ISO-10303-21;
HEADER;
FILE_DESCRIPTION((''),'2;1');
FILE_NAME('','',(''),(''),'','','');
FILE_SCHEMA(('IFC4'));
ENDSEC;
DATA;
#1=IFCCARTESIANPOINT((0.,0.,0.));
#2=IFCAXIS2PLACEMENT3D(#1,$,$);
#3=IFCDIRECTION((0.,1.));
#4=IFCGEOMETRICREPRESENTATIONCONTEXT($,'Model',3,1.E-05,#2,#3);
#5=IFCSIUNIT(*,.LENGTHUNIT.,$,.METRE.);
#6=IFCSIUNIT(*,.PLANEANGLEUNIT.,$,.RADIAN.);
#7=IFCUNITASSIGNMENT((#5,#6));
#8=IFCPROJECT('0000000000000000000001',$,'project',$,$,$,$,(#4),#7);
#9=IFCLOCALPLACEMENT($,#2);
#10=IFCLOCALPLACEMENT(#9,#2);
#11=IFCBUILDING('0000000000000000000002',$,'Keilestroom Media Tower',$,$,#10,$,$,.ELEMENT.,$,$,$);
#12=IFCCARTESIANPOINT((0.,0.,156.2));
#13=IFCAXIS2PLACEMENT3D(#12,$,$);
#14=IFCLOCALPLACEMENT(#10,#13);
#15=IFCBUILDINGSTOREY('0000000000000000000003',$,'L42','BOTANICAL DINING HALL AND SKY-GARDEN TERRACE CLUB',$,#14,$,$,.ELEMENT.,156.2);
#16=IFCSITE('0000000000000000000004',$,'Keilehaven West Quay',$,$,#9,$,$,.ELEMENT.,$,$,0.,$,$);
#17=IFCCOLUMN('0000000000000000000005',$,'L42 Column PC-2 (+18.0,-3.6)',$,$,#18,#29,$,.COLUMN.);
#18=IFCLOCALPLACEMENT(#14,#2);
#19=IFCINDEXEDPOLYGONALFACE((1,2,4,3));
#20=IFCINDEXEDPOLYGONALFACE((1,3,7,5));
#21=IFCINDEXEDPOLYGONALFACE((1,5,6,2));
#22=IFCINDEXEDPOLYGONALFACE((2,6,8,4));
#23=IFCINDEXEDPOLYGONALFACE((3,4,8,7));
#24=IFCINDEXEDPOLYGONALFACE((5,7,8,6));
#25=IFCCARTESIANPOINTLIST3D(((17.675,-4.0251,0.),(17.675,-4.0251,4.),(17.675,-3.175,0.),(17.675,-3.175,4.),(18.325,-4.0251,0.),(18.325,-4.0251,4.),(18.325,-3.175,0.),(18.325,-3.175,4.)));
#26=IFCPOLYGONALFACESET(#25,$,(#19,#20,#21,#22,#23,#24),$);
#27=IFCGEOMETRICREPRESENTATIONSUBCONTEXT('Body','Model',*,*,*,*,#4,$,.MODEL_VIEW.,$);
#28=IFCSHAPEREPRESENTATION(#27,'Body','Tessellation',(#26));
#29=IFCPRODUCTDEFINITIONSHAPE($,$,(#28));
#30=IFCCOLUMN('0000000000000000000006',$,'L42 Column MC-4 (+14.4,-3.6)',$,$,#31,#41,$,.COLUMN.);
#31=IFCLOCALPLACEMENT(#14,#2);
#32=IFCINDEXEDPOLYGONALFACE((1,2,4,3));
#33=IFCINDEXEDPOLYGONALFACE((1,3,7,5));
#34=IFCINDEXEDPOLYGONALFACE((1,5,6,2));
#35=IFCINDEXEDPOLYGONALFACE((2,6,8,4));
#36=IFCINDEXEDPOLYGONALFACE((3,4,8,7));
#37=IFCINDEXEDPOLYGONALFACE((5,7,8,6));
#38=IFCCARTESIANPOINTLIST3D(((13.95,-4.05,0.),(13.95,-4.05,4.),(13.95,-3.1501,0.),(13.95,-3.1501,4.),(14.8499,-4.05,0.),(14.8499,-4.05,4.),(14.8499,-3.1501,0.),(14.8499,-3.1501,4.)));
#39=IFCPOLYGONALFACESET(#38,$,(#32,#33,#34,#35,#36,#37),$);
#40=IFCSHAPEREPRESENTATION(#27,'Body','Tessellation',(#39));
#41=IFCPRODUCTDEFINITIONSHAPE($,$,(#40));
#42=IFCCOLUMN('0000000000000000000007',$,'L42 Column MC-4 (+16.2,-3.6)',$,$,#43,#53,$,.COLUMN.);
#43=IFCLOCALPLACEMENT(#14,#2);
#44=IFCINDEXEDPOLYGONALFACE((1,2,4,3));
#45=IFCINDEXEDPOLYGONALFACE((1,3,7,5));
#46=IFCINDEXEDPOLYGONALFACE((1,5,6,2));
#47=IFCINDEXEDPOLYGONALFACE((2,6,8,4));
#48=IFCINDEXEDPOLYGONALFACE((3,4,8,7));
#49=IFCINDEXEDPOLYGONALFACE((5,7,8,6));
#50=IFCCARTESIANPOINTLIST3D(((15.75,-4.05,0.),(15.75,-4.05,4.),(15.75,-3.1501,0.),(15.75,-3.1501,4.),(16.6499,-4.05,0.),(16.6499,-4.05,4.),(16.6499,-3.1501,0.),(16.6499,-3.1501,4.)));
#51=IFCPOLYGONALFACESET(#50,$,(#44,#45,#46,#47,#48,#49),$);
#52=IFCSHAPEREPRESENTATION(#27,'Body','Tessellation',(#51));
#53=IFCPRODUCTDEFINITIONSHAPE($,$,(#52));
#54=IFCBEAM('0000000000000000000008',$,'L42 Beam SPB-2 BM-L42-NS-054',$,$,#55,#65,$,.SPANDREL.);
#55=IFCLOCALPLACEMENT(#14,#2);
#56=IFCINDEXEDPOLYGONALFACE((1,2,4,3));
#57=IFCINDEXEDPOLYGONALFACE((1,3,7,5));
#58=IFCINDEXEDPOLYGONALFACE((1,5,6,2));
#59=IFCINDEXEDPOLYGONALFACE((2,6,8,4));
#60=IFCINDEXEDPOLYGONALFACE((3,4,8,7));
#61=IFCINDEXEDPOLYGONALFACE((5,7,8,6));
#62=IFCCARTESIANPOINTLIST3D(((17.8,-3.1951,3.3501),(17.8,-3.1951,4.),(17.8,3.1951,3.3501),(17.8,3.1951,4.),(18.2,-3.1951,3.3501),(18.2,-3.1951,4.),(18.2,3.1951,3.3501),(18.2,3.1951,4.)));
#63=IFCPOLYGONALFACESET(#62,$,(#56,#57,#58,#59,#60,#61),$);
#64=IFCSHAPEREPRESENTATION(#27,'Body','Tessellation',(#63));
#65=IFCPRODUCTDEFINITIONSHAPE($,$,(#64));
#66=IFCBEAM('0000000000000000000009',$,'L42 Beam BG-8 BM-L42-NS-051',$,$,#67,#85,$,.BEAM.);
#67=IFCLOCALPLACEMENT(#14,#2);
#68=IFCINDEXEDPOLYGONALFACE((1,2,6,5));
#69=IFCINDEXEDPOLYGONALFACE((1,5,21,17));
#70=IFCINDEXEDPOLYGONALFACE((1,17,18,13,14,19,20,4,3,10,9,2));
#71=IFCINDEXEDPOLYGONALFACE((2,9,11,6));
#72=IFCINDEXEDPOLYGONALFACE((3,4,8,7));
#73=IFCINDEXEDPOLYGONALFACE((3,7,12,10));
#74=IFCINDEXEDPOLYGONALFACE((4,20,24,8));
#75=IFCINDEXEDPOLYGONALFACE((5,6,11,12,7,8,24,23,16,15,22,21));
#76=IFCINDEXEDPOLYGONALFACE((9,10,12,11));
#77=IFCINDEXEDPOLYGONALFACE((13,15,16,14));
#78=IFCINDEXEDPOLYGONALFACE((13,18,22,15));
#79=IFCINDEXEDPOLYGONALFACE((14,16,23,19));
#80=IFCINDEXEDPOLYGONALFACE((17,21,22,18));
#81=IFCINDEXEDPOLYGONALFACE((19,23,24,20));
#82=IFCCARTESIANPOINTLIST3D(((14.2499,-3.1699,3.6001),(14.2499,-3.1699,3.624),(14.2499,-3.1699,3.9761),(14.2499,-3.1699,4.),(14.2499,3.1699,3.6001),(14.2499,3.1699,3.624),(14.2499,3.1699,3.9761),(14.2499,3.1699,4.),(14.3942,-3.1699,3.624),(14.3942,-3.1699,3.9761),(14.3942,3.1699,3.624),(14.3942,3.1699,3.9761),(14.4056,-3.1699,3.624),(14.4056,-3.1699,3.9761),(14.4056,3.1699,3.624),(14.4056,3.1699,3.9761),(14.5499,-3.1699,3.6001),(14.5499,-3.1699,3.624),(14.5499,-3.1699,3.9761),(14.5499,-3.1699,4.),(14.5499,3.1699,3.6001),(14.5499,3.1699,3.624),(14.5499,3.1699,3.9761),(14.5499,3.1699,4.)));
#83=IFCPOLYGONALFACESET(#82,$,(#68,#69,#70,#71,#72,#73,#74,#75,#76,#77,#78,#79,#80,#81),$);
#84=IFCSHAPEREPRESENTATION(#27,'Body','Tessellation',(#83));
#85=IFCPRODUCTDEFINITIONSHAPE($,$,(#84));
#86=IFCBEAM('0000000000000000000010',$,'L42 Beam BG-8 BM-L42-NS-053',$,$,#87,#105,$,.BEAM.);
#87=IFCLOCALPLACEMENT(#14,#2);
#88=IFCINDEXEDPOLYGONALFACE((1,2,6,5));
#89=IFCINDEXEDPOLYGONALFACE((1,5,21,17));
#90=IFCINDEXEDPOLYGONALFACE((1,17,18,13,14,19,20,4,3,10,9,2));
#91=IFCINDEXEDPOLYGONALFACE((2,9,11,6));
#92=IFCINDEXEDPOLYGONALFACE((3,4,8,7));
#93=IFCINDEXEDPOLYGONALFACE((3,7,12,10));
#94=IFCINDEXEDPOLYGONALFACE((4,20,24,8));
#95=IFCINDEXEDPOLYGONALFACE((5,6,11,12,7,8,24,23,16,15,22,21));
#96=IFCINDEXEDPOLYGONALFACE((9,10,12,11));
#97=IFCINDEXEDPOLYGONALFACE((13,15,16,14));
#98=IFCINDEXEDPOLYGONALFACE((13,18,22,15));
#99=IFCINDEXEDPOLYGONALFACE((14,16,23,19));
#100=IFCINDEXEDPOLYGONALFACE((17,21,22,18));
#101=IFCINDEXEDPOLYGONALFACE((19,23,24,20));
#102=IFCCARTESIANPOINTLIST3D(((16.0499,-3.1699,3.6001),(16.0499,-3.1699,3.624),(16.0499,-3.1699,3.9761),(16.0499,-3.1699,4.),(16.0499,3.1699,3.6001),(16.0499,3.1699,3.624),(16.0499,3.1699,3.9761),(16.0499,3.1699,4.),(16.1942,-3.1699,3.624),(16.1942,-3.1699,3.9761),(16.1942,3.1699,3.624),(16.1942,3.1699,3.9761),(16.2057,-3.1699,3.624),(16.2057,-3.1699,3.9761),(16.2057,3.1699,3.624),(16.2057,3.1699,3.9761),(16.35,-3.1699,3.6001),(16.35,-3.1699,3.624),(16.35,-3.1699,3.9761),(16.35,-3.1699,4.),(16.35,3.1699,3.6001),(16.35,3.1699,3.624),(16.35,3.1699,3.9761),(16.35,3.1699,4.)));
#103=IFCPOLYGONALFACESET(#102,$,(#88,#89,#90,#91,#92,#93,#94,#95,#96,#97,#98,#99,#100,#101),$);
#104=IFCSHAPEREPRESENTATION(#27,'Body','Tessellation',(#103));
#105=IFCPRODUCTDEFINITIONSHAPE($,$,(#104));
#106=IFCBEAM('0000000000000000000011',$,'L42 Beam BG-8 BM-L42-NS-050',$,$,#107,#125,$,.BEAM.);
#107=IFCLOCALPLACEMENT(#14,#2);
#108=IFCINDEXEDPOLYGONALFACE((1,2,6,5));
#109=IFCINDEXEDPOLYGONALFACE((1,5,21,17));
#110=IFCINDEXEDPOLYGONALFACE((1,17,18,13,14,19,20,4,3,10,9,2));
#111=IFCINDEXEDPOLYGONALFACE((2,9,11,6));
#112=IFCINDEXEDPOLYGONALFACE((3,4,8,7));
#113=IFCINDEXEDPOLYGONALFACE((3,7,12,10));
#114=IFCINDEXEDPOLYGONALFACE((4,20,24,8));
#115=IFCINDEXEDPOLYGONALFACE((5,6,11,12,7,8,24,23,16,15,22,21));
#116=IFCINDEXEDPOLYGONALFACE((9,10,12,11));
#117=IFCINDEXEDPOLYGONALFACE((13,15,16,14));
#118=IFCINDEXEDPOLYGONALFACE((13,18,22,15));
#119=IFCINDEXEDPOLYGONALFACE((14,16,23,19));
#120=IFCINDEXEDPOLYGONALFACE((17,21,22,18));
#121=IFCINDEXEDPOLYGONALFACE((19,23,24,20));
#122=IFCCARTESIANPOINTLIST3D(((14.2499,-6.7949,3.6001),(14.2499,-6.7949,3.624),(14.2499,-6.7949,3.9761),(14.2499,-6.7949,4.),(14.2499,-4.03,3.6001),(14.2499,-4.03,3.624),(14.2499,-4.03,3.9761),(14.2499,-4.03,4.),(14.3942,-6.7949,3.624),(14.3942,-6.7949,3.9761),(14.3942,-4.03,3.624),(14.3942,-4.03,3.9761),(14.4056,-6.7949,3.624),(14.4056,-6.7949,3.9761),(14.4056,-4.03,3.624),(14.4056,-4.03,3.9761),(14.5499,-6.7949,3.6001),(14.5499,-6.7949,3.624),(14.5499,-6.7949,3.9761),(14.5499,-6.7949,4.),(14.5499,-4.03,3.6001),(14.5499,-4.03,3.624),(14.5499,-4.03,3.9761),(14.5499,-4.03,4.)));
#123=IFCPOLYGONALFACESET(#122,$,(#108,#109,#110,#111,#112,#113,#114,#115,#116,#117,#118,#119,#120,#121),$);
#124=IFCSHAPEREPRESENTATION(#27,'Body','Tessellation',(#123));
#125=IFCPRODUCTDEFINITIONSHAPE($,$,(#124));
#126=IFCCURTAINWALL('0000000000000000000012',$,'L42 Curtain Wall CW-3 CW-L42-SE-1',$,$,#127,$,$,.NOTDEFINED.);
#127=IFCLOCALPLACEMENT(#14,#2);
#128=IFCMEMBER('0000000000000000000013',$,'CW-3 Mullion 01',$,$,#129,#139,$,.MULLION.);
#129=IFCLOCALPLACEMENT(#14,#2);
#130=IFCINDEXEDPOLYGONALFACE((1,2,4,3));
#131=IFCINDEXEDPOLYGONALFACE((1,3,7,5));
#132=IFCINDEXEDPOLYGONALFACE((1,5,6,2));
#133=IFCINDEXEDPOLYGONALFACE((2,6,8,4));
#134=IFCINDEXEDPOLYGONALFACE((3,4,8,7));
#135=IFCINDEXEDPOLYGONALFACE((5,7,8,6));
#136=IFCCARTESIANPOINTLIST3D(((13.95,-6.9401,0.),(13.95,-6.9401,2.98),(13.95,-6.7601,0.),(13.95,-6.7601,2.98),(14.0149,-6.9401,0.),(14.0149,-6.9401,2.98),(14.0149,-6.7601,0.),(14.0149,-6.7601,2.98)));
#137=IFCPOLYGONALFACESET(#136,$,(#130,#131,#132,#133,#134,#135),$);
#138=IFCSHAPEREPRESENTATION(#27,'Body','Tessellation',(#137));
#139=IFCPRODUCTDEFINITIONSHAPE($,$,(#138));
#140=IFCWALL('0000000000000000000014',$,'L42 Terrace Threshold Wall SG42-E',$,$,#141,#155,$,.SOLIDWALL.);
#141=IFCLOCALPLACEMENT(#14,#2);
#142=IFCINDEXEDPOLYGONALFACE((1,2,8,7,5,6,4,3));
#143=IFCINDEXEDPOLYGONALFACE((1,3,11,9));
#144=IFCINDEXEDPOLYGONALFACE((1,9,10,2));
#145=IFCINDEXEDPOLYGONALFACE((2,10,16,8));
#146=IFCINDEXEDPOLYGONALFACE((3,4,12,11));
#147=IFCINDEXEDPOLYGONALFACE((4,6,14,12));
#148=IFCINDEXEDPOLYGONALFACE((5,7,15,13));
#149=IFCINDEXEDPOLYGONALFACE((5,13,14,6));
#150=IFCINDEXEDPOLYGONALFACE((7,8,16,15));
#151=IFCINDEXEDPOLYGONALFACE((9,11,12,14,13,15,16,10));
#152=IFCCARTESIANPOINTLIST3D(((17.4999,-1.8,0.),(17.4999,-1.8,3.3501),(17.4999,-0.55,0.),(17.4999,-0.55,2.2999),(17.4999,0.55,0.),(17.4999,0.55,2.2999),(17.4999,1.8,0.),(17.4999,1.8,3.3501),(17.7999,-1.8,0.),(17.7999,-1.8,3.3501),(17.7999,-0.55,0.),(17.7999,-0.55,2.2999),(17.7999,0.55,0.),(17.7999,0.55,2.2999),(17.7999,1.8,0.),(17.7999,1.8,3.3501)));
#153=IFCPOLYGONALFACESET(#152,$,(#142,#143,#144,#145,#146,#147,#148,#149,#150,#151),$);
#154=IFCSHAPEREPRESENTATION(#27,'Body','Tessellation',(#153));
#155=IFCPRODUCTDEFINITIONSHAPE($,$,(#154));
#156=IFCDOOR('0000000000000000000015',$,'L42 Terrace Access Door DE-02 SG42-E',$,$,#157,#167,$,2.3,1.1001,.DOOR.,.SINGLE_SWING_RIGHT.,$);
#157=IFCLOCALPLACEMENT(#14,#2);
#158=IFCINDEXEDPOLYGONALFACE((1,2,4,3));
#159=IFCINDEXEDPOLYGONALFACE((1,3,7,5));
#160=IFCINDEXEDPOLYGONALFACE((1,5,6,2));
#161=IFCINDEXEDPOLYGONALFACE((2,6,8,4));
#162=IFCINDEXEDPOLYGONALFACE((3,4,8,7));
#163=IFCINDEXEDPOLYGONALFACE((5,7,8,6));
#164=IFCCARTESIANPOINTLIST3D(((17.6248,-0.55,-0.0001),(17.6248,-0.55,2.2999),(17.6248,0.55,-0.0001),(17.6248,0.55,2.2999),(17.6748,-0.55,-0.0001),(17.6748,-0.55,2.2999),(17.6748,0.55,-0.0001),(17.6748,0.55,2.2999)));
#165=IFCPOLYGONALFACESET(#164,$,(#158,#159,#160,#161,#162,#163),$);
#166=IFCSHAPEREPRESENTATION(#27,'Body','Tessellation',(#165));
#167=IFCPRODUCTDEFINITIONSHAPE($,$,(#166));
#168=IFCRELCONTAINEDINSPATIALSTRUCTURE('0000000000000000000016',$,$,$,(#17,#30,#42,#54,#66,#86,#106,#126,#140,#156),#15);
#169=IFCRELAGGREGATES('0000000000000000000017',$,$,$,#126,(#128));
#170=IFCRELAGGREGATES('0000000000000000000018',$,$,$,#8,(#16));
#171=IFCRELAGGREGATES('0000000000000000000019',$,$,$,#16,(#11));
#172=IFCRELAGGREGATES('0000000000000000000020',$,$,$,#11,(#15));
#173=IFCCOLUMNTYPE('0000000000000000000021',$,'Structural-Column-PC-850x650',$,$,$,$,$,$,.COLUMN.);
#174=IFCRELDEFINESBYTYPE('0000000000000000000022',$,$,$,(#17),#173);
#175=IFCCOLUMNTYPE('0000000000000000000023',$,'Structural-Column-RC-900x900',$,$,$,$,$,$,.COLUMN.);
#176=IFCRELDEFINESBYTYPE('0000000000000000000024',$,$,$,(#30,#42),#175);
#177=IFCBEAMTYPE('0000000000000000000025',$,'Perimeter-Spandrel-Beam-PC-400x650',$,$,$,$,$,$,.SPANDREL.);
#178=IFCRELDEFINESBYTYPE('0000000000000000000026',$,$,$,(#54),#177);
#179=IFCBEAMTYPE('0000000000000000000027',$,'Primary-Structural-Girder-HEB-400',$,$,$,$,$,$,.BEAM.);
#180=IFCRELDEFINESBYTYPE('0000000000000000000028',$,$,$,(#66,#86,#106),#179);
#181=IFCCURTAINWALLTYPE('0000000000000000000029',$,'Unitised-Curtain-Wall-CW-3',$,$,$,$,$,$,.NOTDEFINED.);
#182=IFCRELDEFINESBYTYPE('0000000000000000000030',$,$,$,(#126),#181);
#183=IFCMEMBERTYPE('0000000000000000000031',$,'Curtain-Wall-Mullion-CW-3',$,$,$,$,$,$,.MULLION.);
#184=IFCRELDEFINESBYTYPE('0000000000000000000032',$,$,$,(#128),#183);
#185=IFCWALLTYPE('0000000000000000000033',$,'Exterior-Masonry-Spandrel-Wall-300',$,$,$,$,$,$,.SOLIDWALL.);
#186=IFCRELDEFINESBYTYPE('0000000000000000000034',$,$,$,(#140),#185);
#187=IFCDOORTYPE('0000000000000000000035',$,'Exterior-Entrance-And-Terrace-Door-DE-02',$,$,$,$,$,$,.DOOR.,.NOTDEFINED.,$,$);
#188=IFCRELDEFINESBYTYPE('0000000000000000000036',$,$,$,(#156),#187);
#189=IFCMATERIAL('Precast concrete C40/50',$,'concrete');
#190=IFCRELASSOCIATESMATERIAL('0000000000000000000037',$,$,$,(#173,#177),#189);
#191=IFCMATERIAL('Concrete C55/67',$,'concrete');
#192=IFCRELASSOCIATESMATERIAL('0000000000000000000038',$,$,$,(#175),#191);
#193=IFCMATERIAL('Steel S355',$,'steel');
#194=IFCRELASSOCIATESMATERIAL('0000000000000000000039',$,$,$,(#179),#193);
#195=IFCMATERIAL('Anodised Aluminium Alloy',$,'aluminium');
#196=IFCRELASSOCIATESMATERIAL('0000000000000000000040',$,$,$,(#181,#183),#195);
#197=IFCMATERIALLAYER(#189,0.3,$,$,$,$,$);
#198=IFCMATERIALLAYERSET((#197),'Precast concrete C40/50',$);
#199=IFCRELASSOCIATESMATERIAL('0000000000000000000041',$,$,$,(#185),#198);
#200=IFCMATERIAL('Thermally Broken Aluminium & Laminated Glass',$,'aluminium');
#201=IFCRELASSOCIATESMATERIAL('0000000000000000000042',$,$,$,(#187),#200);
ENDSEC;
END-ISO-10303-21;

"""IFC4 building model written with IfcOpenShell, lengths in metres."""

from ifc_helpers import new_model, si_unit, direction, frame, frame_2d, origin, origin_2d, place, context, subcontext, project, spatial, rectangle, i_section, extrude, source, transform, mapped, material, layer, layer_set, material_profile, profile_set, type_object, element, fill, aggregate, save


model = new_model("IFC4")

# Units and contexts
model_context = context("Model", 3, precision=1e-05, world=origin(), true_north=direction((0.0, 1.0)))
body_context = subcontext(model_context, "Body", "Model", "MODEL_VIEW")
ifc_project = project(units=[si_unit("LENGTHUNIT", "METRE"), si_unit("PLANEANGLEUNIT", "RADIAN")], contexts=[model_context])

# Site, building, storey
site_placement = place(None, origin())
site = spatial("IfcSite", under=ifc_project, at=site_placement, Name="Keilehaven West Quay", CompositionType="ELEMENT", RefElevation=0.0)
building_placement = place(site_placement, origin())
building = spatial("IfcBuilding", under=site, at=building_placement, Name="Keilestroom Media Tower", CompositionType="ELEMENT")
storey_placement = place(building_placement, frame((0.0, 0.0, 156.2)))
storey = spatial("IfcBuildingStorey", under=building, at=storey_placement, Name="L42", Description="BOTANICAL DINING HALL AND SKY-GARDEN TERRACE CLUB", CompositionType="ELEMENT", Elevation=156.2)

# Columns
ifc_material_1 = material(Name="Precast concrete C40/50", Category="concrete")
ifc_material_profile_1 = material_profile(ifc_material_1, rectangle(XDim=0.6499, YDim=0.8501, at=origin_2d()), Name="PC 850x650")
ifc_profile_set_1 = profile_set([ifc_material_profile_1], Name="Precast concrete C40/50")
column_type_1 = type_object("IfcColumnType", Name="Structural-Column-PC-850x650", PredefinedType="COLUMN", material=ifc_profile_set_1)
shared_shape_1 = source(origin(), body_context, "Body", "SweptSolid", [
    extrude(rectangle(XDim=0.6499, YDim=0.8501, at=origin_2d()), origin(), (0.0, 0.0, 1.0), 4.0),
])
column_placement = place(storey_placement, frame((18.0, -3.6001, 0.0), z_axis=(0.0, 0.0, 1.0), x_axis=(1.0, 0.0, 0.0)))
element("IfcColumn", 1, at=column_placement, inside=storey, type_object=column_type_1, Name="L42 Column PC-2 (+18.0,-3.6)", PredefinedType="COLUMN", context=body_context, shape_type="MappedRepresentation", body=[
    mapped(shared_shape_1, transform((0.0, 0.0, 0.0), x_axis=(1.0, 0.0, 0.0), y_axis=(0.0, 1.0, 0.0), z_axis=(0.0, 0.0, 1.0), scale=1.0)),
])
ifc_material_2 = material(Name="Concrete C55/67", Category="concrete")
ifc_material_profile_2 = material_profile(ifc_material_2, rectangle(XDim=0.8999, YDim=0.8999, at=origin_2d()), Name="RC 900x900")
ifc_profile_set_2 = profile_set([ifc_material_profile_2], Name="Concrete C55/67")
column_type_2 = type_object("IfcColumnType", Name="Structural-Column-RC-900x900", PredefinedType="COLUMN", material=ifc_profile_set_2)
shared_shape_2 = source(origin(), body_context, "Body", "SweptSolid", [
    extrude(rectangle(XDim=0.8999, YDim=0.8999, at=origin_2d()), origin(), (0.0, 0.0, 1.0), 4.0),
])
for number, where, z_axis, x_axis, name in (
    (2, (14.3999, -3.6001, 0.0), (0.0, 0.0, 1.0), (1.0, 0.0, 0.0), "L42 Column MC-4 (+14.4,-3.6)"),
    (3, (16.2, -3.6001, 0.0), (0.0, 0.0, 1.0), (1.0, 0.0, 0.0), "L42 Column MC-4 (+16.2,-3.6)"),
):
    element("IfcColumn", number, at=place(storey_placement, frame(where, z_axis=z_axis, x_axis=x_axis)), inside=storey, type_object=column_type_2, Name=name, PredefinedType="COLUMN", context=body_context, shape_type="MappedRepresentation", body=[
        mapped(shared_shape_2, transform((0.0, 0.0, 0.0), x_axis=(1.0, 0.0, 0.0), y_axis=(0.0, 1.0, 0.0), z_axis=(0.0, 0.0, 1.0), scale=1.0)),
    ])

# Beams
ifc_material_profile_3 = material_profile(ifc_material_1, rectangle(XDim=0.3999, YDim=0.6499, at=origin_2d()), Name="PC 400x650")
ifc_profile_set_3 = profile_set([ifc_material_profile_3], Name="Precast concrete C40/50")
beam_type_1 = type_object("IfcBeamType", Name="Perimeter-Spandrel-Beam-PC-400x650", PredefinedType="SPANDREL", material=ifc_profile_set_3)
shared_shape_3 = source(origin(), body_context, "Body", "SweptSolid", [
    extrude(rectangle(XDim=0.3999, YDim=0.6499, at=origin_2d()), origin(), (0.0, 0.0, 1.0), 6.3901),
])
beam_1_placement = place(storey_placement, frame((18.0, -3.1951, 3.675), z_axis=(0.0, 1.0, 0.0), x_axis=(-1.0, 0.0, 0.0)))
element("IfcBeam", 4, at=beam_1_placement, inside=storey, type_object=beam_type_1, Name="L42 Beam SPB-2 BM-L42-NS-054", PredefinedType="SPANDREL", context=body_context, shape_type="MappedRepresentation", body=[
    mapped(shared_shape_3, transform((0.0, 0.0, 0.0), x_axis=(1.0, 0.0, 0.0), y_axis=(0.0, 1.0, 0.0), z_axis=(0.0, 0.0, 1.0), scale=1.0)),
])
ifc_material_3 = material(Name="Steel S355", Category="steel")
ifc_material_profile_4 = material_profile(ifc_material_3, i_section(OverallWidth=0.3, OverallDepth=0.3999, WebThickness=0.0115, FlangeThickness=0.0239, at=origin_2d()), Name="HEB 400")
ifc_profile_set_4 = profile_set([ifc_material_profile_4], Name="Steel S355")
beam_type_2 = type_object("IfcBeamType", Name="Primary-Structural-Girder-HEB-400", PredefinedType="BEAM", material=ifc_profile_set_4)
shared_shape_4 = source(origin(), body_context, "Body", "SweptSolid", [
    extrude(i_section(OverallWidth=0.3, OverallDepth=0.3999, WebThickness=0.0115, FlangeThickness=0.0239, at=origin_2d()), origin(), (0.0, 0.0, 1.0), 6.3398),
])
for number, where, z_axis, x_axis, name in (
    (5, (14.3999, -3.1699, 3.8), (0.0, 1.0, 0.0), (-1.0, 0.0, 0.0), "L42 Beam BG-8 BM-L42-NS-051"),
    (6, (16.2, -3.1699, 3.8), (0.0, 1.0, 0.0), (-1.0, 0.0, 0.0), "L42 Beam BG-8 BM-L42-NS-053"),
):
    element("IfcBeam", number, at=place(storey_placement, frame(where, z_axis=z_axis, x_axis=x_axis)), inside=storey, type_object=beam_type_2, Name=name, PredefinedType="BEAM", context=body_context, shape_type="MappedRepresentation", body=[
        mapped(shared_shape_4, transform((0.0, 0.0, 0.0), x_axis=(1.0, 0.0, 0.0), y_axis=(0.0, 1.0, 0.0), z_axis=(0.0, 0.0, 1.0), scale=1.0)),
    ])
shared_shape_5 = source(origin(), body_context, "Body", "SweptSolid", [
    extrude(i_section(OverallWidth=0.3, OverallDepth=0.3999, WebThickness=0.0115, FlangeThickness=0.0239, at=origin_2d()), origin(), (0.0, 0.0, 1.0), 2.7649),
])
beam_2_placement = place(storey_placement, frame((14.3999, -6.7949, 3.8), z_axis=(0.0, 1.0, 0.0), x_axis=(-1.0, 0.0, 0.0)))
element("IfcBeam", 7, at=beam_2_placement, inside=storey, type_object=beam_type_2, Name="L42 Beam BG-8 BM-L42-NS-050", PredefinedType="BEAM", context=body_context, shape_type="MappedRepresentation", body=[
    mapped(shared_shape_5, transform((0.0, 0.0, 0.0), x_axis=(1.0, 0.0, 0.0), y_axis=(0.0, 1.0, 0.0), z_axis=(0.0, 0.0, 1.0), scale=1.0)),
])

# Curtain wall, member
ifc_material_4 = material(Name="Anodised Aluminium Alloy", Category="aluminium")
curtain_wall_type = type_object("IfcCurtainWallType", Name="Unitised-Curtain-Wall-CW-3", PredefinedType="NOTDEFINED", material=ifc_material_4)
curtain_wall_placement = place(storey_placement, origin())
curtain_wall = element("IfcCurtainWall", 8, at=curtain_wall_placement, inside=storey, type_object=curtain_wall_type, Name="L42 Curtain Wall CW-3 CW-L42-SE-1", PredefinedType="NOTDEFINED")
ifc_material_profile_5 = material_profile(ifc_material_4, rectangle(XDim=0.0649, YDim=0.1799, at=origin_2d()), Name="ALU MULLION 65x180")
ifc_profile_set_5 = profile_set([ifc_material_profile_5], Name="Anodised Aluminium Alloy")
member_type = type_object("IfcMemberType", Name="Curtain-Wall-Mullion-CW-3", PredefinedType="MULLION", material=ifc_profile_set_5)
shared_shape_6 = source(origin(), body_context, "Body", "SweptSolid", [
    extrude(rectangle(XDim=0.0649, YDim=0.1799, at=origin_2d()), origin(), (0.0, 0.0, 1.0), 2.98),
])
member_placement = place(storey_placement, frame((13.9824, -6.8501, 0.0), z_axis=(0.0, 0.0, 1.0), x_axis=(1.0, 0.0, 0.0)))
member = element("IfcMember", 9, at=member_placement, type_object=member_type, Name="CW-3 Mullion 01", PredefinedType="MULLION", context=body_context, shape_type="MappedRepresentation", body=[
    mapped(shared_shape_6, transform((0.0, 0.0, 0.0), x_axis=(1.0, 0.0, 0.0), y_axis=(0.0, 1.0, 0.0), z_axis=(0.0, 0.0, 1.0), scale=1.0)),
])
aggregate(curtain_wall, [member])

# Wall, opening, door
ifc_layer_1 = layer(ifc_material_1, 0.3)
ifc_layer_set_1 = layer_set([ifc_layer_1], Name="Precast concrete C40/50")
wall_type_1 = type_object("IfcWallType", Name="Exterior-Masonry-Spandrel-Wall-300", PredefinedType="SOLIDWALL", material=ifc_layer_set_1)
wall_1_placement = place(storey_placement, frame((17.6499, -1.8, 0.0), z_axis=(0.0, 0.0, 1.0), x_axis=(0.0, 1.0, 0.0)))
wall_1 = element("IfcWall", 10, at=wall_1_placement, inside=storey, type_object=wall_type_1, Name="L42 Terrace Threshold Wall SG42-E", PredefinedType="SOLIDWALL", context=body_context, shape_type="SweptSolid", body=[
    extrude(rectangle(XDim=3.6001, YDim=0.3, at=frame_2d((1.8, 0.0))), origin(), (0.0, 0.0, 1.0), 3.3501),
])
opening_placement = place(wall_1_placement, frame((1.25, 0.0, 0.0)))
opening = element("IfcOpeningElement", 11, at=opening_placement, cuts=wall_1, PredefinedType="OPENING", context=body_context, shape_type="SweptSolid", body=[
    extrude(rectangle(XDim=1.1001, YDim=2.3, at=frame_2d((0.55, 1.1499))), frame((0.0, 0.1602, 0.0), z_axis=(0.0, -1.0, 0.0), x_axis=(1.0, 0.0, 0.0)), (0.0, 0.0, 1.0), 0.3201),
])
ifc_material_5 = material(Name="Thermally Broken Aluminium & Laminated Glass", Category="aluminium")
door_type = type_object("IfcDoorType", Name="Exterior-Entrance-And-Terrace-Door-DE-02", OperationType="NOTDEFINED", PredefinedType="DOOR", material=ifc_material_5)
shared_shape_7 = source(origin(), body_context, "Body", "SweptSolid", [
    extrude(rectangle(XDim=1.1001, YDim=2.3, at=frame_2d((0.55, 1.1499))), frame((0.0, 0.0249, 0.0), z_axis=(0.0, -1.0, 0.0), x_axis=(1.0, 0.0, 0.0)), (0.0, 0.0, 1.0), 0.05),
])
door_placement = place(opening_placement, frame((1.1001, 0.0, 0.0), z_axis=(0.0, 0.0, 1.0), x_axis=(-1.0, 0.0, 0.0)))
door = element("IfcDoor", 12, at=door_placement, inside=storey, type_object=door_type, Name="L42 Terrace Access Door DE-02 SG42-E", OperationType="SINGLE_SWING_RIGHT", OverallHeight=2.3, OverallWidth=1.1001, PredefinedType="DOOR", context=body_context, shape_type="MappedRepresentation", body=[
    mapped(shared_shape_7, transform((0.0, 0.0, 0.0), x_axis=(1.0, 0.0, 0.0), y_axis=(0.0, 1.0, 0.0), z_axis=(0.0, 0.0, 1.0), scale=1.0)),
])
fill(opening, door)

save(model, "model.ifc")
